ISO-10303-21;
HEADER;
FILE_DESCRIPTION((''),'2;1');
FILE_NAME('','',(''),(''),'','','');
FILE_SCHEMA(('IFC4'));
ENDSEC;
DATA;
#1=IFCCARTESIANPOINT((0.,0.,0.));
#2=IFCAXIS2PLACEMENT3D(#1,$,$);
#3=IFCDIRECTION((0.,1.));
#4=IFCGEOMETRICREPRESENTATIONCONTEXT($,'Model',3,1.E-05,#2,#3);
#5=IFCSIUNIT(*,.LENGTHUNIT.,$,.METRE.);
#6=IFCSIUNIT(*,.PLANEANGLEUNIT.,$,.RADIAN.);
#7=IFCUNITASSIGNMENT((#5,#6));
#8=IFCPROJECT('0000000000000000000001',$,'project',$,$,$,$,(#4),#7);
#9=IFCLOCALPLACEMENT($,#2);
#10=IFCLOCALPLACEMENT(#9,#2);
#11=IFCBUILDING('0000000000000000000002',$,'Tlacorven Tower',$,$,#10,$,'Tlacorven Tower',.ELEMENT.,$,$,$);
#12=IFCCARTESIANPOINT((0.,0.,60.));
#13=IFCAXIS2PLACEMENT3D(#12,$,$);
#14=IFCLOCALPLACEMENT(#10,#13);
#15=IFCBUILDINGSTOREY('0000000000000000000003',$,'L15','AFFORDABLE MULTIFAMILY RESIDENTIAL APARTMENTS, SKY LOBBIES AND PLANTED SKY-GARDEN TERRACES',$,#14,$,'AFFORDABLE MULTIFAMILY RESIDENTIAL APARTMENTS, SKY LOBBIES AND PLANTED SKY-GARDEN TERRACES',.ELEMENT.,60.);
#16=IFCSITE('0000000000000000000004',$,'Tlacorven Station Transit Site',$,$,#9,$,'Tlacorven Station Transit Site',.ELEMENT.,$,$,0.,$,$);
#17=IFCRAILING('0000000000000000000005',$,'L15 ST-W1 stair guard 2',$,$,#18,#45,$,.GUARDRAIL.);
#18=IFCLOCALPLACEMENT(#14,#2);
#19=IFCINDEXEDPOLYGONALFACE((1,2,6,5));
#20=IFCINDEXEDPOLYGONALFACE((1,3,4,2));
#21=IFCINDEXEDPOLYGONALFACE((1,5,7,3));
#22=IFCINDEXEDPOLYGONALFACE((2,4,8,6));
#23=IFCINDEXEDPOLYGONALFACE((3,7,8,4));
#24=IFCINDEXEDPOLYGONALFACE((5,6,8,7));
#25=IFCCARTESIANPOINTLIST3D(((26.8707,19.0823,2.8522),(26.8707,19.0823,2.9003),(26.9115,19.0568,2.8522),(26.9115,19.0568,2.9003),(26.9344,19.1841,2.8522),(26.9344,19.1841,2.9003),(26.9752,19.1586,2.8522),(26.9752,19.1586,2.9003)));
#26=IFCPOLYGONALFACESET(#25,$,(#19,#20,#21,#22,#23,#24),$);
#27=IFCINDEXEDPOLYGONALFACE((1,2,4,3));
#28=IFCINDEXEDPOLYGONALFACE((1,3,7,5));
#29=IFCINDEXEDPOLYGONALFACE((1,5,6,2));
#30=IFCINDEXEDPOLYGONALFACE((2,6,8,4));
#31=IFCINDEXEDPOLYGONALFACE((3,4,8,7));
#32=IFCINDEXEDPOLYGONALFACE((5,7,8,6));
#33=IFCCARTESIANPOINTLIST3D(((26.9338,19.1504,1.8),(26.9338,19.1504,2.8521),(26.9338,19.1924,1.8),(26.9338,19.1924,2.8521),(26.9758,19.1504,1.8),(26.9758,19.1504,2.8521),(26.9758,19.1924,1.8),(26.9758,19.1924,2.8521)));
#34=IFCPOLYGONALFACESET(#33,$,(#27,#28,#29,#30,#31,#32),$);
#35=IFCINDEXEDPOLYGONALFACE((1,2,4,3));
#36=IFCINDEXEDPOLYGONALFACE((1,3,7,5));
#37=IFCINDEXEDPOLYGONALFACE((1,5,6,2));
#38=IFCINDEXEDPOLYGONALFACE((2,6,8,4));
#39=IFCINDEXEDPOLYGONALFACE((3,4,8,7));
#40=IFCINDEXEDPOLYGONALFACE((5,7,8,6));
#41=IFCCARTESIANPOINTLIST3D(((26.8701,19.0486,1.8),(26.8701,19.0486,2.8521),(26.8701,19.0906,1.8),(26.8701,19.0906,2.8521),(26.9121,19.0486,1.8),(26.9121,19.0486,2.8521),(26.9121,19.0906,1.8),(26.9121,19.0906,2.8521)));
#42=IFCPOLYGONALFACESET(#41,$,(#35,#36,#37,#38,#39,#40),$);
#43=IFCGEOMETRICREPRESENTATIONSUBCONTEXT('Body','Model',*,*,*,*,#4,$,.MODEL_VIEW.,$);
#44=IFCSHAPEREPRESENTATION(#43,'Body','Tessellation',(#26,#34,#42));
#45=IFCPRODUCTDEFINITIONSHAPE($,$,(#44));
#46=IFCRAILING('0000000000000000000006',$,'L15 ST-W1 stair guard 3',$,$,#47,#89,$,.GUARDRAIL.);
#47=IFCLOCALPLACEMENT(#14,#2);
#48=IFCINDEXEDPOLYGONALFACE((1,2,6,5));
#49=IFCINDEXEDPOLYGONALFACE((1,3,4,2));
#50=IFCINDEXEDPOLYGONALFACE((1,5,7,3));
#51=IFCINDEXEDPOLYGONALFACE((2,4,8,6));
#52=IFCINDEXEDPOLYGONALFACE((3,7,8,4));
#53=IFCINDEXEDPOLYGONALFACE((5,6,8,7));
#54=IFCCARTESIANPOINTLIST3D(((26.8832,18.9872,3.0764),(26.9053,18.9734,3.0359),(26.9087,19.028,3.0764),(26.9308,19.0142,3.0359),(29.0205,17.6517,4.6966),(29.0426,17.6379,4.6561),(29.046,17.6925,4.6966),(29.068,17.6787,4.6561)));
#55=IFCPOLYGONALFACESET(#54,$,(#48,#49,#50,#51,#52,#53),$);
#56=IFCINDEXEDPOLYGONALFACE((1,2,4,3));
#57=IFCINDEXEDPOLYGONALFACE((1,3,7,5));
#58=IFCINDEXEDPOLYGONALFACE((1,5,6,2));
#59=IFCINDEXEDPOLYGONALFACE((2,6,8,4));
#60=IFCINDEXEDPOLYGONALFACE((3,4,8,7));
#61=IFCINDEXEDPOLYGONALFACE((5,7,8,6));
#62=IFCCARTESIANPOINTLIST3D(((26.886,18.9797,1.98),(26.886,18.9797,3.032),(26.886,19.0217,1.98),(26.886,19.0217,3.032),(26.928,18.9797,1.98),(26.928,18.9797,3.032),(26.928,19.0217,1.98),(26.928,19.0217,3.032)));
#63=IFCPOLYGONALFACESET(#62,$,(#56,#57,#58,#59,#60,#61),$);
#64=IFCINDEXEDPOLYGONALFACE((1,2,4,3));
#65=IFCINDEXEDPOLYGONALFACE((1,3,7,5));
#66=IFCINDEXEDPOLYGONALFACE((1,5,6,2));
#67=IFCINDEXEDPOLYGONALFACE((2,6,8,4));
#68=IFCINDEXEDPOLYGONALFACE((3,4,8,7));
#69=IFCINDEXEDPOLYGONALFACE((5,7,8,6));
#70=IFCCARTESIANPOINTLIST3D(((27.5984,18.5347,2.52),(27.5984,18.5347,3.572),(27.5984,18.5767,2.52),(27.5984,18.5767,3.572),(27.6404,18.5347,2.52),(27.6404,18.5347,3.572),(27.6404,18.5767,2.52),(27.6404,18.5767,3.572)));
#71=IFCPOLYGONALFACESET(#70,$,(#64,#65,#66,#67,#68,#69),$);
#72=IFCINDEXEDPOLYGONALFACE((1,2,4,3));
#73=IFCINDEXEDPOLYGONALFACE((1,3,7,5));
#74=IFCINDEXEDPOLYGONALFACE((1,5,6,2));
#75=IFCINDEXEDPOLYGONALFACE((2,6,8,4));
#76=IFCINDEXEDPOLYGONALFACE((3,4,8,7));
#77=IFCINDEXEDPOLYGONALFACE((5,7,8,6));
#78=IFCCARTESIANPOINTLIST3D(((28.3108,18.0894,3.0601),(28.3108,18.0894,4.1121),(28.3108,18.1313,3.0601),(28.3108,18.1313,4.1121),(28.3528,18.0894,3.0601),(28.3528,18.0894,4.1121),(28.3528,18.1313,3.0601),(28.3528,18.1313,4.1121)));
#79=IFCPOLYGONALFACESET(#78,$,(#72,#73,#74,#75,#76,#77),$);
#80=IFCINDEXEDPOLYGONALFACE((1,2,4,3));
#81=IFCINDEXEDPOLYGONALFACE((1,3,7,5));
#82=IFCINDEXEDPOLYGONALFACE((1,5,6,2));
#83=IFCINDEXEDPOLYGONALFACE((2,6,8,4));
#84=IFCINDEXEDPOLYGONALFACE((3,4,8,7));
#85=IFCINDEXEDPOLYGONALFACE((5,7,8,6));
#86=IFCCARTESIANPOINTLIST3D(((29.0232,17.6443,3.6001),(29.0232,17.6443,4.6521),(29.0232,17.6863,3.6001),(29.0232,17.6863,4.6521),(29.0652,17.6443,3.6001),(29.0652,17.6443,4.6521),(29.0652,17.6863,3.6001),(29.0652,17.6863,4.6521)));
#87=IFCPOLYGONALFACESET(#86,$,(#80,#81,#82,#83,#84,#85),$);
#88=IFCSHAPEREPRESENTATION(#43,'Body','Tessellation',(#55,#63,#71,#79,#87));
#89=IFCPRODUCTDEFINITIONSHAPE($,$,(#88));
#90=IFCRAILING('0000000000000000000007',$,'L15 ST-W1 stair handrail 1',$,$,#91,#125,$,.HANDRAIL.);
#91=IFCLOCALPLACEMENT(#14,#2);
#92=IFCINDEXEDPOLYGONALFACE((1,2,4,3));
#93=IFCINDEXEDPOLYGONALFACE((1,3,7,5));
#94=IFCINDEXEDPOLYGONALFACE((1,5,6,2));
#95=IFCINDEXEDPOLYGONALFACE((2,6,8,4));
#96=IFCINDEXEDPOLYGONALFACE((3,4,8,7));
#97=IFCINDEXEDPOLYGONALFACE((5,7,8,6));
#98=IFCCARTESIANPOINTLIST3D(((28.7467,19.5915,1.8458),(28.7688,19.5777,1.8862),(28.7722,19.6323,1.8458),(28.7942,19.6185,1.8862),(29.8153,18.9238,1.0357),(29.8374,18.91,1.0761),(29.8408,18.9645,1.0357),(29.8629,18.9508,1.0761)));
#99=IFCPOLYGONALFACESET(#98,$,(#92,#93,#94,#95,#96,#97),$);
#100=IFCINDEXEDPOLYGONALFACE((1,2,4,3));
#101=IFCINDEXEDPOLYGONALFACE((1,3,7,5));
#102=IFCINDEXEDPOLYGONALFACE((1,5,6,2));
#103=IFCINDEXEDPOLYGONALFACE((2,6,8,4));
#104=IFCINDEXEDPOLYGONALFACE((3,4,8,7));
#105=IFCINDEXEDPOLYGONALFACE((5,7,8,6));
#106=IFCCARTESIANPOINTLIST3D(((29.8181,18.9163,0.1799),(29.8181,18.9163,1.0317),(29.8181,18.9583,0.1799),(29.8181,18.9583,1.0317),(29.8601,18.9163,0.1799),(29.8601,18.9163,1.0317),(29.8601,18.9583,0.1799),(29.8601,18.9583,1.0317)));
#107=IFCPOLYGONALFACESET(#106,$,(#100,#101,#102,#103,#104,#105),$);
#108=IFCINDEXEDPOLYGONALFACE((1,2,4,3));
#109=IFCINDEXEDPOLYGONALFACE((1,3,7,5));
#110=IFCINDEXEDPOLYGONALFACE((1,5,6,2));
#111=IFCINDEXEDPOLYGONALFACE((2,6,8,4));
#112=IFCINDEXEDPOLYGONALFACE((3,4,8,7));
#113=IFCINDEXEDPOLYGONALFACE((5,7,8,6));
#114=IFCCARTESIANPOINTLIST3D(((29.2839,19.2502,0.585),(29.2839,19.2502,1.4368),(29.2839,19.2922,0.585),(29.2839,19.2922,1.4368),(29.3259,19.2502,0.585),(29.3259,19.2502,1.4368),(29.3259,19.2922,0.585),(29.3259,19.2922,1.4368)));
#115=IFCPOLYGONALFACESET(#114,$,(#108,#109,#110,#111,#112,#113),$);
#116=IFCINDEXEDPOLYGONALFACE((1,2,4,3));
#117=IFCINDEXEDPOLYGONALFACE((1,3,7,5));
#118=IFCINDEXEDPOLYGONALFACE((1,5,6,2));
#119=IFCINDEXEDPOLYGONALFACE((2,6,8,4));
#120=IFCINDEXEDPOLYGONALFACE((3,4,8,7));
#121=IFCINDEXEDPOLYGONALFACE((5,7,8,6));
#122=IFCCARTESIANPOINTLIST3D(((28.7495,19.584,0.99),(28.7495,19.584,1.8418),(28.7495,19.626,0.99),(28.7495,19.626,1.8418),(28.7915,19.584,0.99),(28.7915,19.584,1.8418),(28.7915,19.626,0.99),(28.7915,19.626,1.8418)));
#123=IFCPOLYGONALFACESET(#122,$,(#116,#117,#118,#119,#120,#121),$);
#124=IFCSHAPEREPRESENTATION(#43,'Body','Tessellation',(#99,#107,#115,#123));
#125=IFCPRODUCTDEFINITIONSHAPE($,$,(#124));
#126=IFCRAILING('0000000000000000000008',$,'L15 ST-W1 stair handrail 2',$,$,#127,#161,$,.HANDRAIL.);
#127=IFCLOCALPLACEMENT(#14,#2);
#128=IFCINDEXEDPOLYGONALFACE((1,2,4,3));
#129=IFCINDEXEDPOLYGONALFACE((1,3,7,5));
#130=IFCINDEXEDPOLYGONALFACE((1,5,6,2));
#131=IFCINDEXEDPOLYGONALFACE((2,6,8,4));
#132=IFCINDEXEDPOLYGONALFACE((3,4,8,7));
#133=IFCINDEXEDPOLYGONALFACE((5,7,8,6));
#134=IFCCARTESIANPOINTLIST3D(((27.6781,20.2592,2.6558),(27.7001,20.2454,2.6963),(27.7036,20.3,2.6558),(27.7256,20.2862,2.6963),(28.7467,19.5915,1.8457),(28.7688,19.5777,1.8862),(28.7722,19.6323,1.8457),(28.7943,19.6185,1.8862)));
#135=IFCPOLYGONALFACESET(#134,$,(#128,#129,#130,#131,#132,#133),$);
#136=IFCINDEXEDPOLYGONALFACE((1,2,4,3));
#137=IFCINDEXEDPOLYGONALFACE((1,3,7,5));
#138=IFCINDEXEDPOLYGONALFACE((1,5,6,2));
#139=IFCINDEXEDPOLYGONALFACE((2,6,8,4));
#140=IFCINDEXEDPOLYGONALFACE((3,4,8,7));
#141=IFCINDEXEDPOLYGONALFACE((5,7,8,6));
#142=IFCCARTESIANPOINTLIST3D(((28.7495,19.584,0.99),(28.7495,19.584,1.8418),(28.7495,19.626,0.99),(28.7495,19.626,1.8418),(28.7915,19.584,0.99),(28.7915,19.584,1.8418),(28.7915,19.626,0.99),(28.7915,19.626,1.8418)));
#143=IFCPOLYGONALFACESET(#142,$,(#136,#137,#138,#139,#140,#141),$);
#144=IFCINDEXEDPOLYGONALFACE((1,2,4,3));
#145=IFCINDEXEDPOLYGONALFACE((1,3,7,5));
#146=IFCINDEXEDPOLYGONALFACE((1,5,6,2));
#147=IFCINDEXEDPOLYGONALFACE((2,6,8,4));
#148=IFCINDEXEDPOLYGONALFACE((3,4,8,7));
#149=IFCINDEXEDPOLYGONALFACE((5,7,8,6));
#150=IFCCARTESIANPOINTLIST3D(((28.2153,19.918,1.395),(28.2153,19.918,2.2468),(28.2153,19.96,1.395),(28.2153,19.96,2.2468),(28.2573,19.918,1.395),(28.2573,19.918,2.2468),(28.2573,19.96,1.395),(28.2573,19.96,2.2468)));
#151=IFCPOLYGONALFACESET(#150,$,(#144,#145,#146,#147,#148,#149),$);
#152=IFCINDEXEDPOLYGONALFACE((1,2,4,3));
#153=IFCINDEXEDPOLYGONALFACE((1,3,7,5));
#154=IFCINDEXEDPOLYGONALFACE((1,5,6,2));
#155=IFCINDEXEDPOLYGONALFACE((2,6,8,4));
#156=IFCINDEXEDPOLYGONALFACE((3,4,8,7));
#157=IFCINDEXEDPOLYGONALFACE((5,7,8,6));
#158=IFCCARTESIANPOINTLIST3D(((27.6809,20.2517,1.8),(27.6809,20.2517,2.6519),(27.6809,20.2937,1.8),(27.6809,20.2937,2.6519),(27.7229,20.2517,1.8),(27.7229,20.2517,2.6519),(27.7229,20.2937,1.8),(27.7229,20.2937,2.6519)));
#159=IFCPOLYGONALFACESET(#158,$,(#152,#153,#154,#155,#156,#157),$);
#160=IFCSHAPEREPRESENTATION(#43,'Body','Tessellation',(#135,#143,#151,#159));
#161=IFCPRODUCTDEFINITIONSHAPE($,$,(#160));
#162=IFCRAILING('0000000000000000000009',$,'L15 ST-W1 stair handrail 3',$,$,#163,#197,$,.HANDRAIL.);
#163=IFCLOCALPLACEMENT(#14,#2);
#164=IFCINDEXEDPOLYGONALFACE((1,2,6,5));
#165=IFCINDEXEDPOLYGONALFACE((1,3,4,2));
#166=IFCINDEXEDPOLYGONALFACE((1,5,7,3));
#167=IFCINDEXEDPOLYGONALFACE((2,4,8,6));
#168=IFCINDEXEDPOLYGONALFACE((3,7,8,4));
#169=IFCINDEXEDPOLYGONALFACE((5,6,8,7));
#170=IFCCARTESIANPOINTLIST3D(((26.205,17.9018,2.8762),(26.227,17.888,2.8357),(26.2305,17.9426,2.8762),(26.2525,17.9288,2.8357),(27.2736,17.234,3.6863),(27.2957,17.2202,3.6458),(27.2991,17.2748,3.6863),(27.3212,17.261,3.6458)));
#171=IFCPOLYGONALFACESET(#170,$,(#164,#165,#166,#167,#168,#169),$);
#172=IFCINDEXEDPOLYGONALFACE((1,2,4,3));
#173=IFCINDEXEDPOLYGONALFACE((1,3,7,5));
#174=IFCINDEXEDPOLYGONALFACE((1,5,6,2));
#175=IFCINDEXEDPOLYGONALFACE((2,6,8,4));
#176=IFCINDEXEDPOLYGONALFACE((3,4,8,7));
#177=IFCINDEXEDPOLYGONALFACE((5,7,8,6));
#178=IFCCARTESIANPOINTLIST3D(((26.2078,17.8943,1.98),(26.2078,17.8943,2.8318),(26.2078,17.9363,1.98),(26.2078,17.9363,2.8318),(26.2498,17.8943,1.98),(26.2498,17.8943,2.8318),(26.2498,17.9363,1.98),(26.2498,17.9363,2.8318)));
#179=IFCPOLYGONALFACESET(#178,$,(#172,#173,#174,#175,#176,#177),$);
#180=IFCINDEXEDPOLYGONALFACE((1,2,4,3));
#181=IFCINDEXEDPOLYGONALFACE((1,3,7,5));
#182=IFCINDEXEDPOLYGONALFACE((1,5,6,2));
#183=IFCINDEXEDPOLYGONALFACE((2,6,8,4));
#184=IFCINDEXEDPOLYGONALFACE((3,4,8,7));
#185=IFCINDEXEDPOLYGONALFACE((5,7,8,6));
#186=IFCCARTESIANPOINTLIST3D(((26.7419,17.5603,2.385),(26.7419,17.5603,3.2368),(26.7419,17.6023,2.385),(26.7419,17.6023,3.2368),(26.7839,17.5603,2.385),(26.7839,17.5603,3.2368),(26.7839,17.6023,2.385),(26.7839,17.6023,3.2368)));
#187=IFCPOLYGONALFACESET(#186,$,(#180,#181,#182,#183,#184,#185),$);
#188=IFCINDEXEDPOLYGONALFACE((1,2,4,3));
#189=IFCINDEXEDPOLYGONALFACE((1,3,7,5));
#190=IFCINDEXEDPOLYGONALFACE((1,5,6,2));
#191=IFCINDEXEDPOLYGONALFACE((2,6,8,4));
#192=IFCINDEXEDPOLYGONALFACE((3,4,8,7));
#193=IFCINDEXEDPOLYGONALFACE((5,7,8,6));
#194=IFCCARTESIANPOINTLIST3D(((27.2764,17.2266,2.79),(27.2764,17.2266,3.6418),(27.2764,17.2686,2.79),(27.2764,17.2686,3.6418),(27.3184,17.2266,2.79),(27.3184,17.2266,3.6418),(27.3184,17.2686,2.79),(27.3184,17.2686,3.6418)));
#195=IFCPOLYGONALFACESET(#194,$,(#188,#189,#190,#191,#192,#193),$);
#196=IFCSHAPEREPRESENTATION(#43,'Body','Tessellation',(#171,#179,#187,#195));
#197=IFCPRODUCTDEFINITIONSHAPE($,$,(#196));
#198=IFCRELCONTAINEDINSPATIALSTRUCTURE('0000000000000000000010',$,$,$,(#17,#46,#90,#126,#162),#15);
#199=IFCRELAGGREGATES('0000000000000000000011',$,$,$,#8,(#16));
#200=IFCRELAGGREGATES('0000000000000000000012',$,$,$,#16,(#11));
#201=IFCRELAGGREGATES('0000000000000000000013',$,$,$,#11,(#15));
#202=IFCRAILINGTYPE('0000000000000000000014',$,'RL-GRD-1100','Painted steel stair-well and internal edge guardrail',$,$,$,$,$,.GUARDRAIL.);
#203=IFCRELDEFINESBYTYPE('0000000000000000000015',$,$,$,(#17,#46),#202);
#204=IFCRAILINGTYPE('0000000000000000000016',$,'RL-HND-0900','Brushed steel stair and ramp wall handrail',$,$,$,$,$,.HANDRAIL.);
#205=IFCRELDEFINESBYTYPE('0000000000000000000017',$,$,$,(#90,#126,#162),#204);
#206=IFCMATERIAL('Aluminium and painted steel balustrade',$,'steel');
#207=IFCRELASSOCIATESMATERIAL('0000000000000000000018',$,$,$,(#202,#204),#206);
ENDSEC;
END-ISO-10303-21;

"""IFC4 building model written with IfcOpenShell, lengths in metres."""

from ifc_helpers import new_model, si_unit, direction, frame, origin, origin_2d, place, context, subcontext, project, spatial, rectangle, extrude, source, transform, mapped, material, type_object, element, save


model = new_model("IFC4")

# Units and contexts
model_context = context("Model", 3, precision=1e-05, world=origin(), true_north=direction((0.0, 1.0)))
body_context = subcontext(model_context, "Body", "Model", "MODEL_VIEW")
ifc_project = project(units=[si_unit("LENGTHUNIT", "METRE"), si_unit("PLANEANGLEUNIT", "RADIAN")], contexts=[model_context])

# Site, building, storey
site_placement = place(None, origin())
site = spatial("IfcSite", under=ifc_project, at=site_placement, Name="Tlacorven Station Transit Site", LongName="Tlacorven Station Transit Site", CompositionType="ELEMENT", RefElevation=0.0)
building_placement = place(site_placement, origin())
building = spatial("IfcBuilding", under=site, at=building_placement, Name="Tlacorven Tower", LongName="Tlacorven Tower", CompositionType="ELEMENT")
storey_placement = place(building_placement, frame((0.0, 0.0, 60.0)))
storey = spatial("IfcBuildingStorey", under=building, at=storey_placement, Name="L15", Description="AFFORDABLE MULTIFAMILY RESIDENTIAL APARTMENTS, SKY LOBBIES AND PLANTED SKY-GARDEN TERRACES", LongName="AFFORDABLE MULTIFAMILY RESIDENTIAL APARTMENTS, SKY LOBBIES AND PLANTED SKY-GARDEN TERRACES", CompositionType="ELEMENT", Elevation=60.0)

# Railings
ifc_material_1 = material(Name="Aluminium and painted steel balustrade", Category="steel")
railing_type_1 = type_object("IfcRailingType", Name="RL-GRD-1100", Description="Painted steel stair-well and internal edge guardrail", PredefinedType="GUARDRAIL", material=ifc_material_1)
shared_shape_1 = source(origin(), body_context, "Body", "SweptSolid", [
    extrude(rectangle(XDim=0.0481, YDim=0.0481, at=origin_2d()), frame((0.0, 0.0, 1.0762), z_axis=(-0.530547, -0.847656, 0.0), x_axis=(0.847656, -0.530547, 0.0)), (0.0, 0.0, 1.0), 0.1201),
    extrude(rectangle(XDim=0.042, YDim=0.042, at=origin_2d()), origin(), (0.0, 0.0, 1.0), 1.052),
    extrude(rectangle(XDim=0.042, YDim=0.042, at=origin_2d()), frame((-0.0637, -0.1018, 0.0)), (0.0, 0.0, 1.0), 1.052),
])
railing_1_placement = place(storey_placement, frame((26.9548, 19.1714, 1.8)))
element("IfcRailing", 1, at=railing_1_placement, inside=storey, type_object=railing_type_1, Name="L15 ST-W1 stair guard 2", PredefinedType="GUARDRAIL", context=body_context, shape_type="MappedRepresentation", body=[
    mapped(shared_shape_1, transform((0.0, 0.0, 0.0), scale=1.0)),
])
shared_shape_2 = source(origin(), body_context, "Body", "SweptSolid", [
    extrude(rectangle(XDim=0.0481, YDim=0.0481, at=origin_2d()), frame((0.0, 0.0, 1.0762), z_axis=(0.71336, -0.445748, 0.540765), x_axis=(0.529912, 0.848053, 0.0)), (0.0, 0.0, 1.0), 2.9961),
    extrude(rectangle(XDim=0.042, YDim=0.042, at=origin_2d()), origin(), (0.0, 0.0, 1.0), 1.052),
    extrude(rectangle(XDim=0.042, YDim=0.042, at=origin_2d()), frame((0.7124, -0.4451, 0.54)), (0.0, 0.0, 1.0), 1.052),
    extrude(rectangle(XDim=0.042, YDim=0.042, at=origin_2d()), frame((1.4248, -0.8904, 1.0801)), (0.0, 0.0, 1.0), 1.052),
    extrude(rectangle(XDim=0.042, YDim=0.042, at=origin_2d()), frame((2.1372, -1.3354, 1.6201)), (0.0, 0.0, 1.0), 1.052),
])
railing_2_placement = place(storey_placement, frame((26.907, 19.0007, 1.98)))
element("IfcRailing", 2, at=railing_2_placement, inside=storey, type_object=railing_type_1, Name="L15 ST-W1 stair guard 3", PredefinedType="GUARDRAIL", context=body_context, shape_type="MappedRepresentation", body=[
    mapped(shared_shape_2, transform((0.0, 0.0, 0.0), scale=1.0)),
])
railing_type_2 = type_object("IfcRailingType", Name="RL-HND-0900", Description="Brushed steel stair and ramp wall handrail", PredefinedType="HANDRAIL", material=ifc_material_1)
shared_shape_3 = source(origin(), body_context, "Body", "SweptSolid", [
    extrude(rectangle(XDim=0.0481, YDim=0.0481, at=origin_2d()), frame((0.0, 0.0, 0.876), z_axis=(-0.71336, 0.445748, 0.540765), x_axis=(-0.529912, -0.848053, 0.0)), (0.0, 0.0, 1.0), 1.498),
    extrude(rectangle(XDim=0.042, YDim=0.042, at=origin_2d()), origin(), (0.0, 0.0, 1.0), 0.8518),
    extrude(rectangle(XDim=0.042, YDim=0.042, at=origin_2d()), frame((-0.5342, 0.334, 0.405)), (0.0, 0.0, 1.0), 0.8518),
    extrude(rectangle(XDim=0.042, YDim=0.042, at=origin_2d()), frame((-1.0686, 0.6677, 0.8101)), (0.0, 0.0, 1.0), 0.8518),
])
for number, where, name in (
    (3, (29.8391, 18.9373, 0.1799), "L15 ST-W1 stair handrail 1"),
    (4, (28.7705, 19.605, 0.99), "L15 ST-W1 stair handrail 2"),
):
    element("IfcRailing", number, at=place(storey_placement, frame(where)), inside=storey, type_object=railing_type_2, Name=name, PredefinedType="HANDRAIL", context=body_context, shape_type="MappedRepresentation", body=[
        mapped(shared_shape_3, transform((0.0, 0.0, 0.0), scale=1.0)),
    ])
shared_shape_4 = source(origin(), body_context, "Body", "SweptSolid", [
    extrude(rectangle(XDim=0.0481, YDim=0.0481, at=origin_2d()), frame((0.0, 0.0, 0.876), z_axis=(0.71336, -0.445748, 0.540765), x_axis=(0.529912, 0.848053, 0.0)), (0.0, 0.0, 1.0), 1.498),
    extrude(rectangle(XDim=0.042, YDim=0.042, at=origin_2d()), origin(), (0.0, 0.0, 1.0), 0.8518),
    extrude(rectangle(XDim=0.042, YDim=0.042, at=origin_2d()), frame((0.5342, -0.334, 0.405)), (0.0, 0.0, 1.0), 0.8518),
    extrude(rectangle(XDim=0.042, YDim=0.042, at=origin_2d()), frame((1.0686, -0.6677, 0.8101)), (0.0, 0.0, 1.0), 0.8518),
])
railing_3_placement = place(storey_placement, frame((26.2288, 17.9153, 1.98)))
element("IfcRailing", 5, at=railing_3_placement, inside=storey, type_object=railing_type_2, Name="L15 ST-W1 stair handrail 3", PredefinedType="HANDRAIL", context=body_context, shape_type="MappedRepresentation", body=[
    mapped(shared_shape_4, transform((0.0, 0.0, 0.0), scale=1.0)),
])

save(model, "model.ifc")
